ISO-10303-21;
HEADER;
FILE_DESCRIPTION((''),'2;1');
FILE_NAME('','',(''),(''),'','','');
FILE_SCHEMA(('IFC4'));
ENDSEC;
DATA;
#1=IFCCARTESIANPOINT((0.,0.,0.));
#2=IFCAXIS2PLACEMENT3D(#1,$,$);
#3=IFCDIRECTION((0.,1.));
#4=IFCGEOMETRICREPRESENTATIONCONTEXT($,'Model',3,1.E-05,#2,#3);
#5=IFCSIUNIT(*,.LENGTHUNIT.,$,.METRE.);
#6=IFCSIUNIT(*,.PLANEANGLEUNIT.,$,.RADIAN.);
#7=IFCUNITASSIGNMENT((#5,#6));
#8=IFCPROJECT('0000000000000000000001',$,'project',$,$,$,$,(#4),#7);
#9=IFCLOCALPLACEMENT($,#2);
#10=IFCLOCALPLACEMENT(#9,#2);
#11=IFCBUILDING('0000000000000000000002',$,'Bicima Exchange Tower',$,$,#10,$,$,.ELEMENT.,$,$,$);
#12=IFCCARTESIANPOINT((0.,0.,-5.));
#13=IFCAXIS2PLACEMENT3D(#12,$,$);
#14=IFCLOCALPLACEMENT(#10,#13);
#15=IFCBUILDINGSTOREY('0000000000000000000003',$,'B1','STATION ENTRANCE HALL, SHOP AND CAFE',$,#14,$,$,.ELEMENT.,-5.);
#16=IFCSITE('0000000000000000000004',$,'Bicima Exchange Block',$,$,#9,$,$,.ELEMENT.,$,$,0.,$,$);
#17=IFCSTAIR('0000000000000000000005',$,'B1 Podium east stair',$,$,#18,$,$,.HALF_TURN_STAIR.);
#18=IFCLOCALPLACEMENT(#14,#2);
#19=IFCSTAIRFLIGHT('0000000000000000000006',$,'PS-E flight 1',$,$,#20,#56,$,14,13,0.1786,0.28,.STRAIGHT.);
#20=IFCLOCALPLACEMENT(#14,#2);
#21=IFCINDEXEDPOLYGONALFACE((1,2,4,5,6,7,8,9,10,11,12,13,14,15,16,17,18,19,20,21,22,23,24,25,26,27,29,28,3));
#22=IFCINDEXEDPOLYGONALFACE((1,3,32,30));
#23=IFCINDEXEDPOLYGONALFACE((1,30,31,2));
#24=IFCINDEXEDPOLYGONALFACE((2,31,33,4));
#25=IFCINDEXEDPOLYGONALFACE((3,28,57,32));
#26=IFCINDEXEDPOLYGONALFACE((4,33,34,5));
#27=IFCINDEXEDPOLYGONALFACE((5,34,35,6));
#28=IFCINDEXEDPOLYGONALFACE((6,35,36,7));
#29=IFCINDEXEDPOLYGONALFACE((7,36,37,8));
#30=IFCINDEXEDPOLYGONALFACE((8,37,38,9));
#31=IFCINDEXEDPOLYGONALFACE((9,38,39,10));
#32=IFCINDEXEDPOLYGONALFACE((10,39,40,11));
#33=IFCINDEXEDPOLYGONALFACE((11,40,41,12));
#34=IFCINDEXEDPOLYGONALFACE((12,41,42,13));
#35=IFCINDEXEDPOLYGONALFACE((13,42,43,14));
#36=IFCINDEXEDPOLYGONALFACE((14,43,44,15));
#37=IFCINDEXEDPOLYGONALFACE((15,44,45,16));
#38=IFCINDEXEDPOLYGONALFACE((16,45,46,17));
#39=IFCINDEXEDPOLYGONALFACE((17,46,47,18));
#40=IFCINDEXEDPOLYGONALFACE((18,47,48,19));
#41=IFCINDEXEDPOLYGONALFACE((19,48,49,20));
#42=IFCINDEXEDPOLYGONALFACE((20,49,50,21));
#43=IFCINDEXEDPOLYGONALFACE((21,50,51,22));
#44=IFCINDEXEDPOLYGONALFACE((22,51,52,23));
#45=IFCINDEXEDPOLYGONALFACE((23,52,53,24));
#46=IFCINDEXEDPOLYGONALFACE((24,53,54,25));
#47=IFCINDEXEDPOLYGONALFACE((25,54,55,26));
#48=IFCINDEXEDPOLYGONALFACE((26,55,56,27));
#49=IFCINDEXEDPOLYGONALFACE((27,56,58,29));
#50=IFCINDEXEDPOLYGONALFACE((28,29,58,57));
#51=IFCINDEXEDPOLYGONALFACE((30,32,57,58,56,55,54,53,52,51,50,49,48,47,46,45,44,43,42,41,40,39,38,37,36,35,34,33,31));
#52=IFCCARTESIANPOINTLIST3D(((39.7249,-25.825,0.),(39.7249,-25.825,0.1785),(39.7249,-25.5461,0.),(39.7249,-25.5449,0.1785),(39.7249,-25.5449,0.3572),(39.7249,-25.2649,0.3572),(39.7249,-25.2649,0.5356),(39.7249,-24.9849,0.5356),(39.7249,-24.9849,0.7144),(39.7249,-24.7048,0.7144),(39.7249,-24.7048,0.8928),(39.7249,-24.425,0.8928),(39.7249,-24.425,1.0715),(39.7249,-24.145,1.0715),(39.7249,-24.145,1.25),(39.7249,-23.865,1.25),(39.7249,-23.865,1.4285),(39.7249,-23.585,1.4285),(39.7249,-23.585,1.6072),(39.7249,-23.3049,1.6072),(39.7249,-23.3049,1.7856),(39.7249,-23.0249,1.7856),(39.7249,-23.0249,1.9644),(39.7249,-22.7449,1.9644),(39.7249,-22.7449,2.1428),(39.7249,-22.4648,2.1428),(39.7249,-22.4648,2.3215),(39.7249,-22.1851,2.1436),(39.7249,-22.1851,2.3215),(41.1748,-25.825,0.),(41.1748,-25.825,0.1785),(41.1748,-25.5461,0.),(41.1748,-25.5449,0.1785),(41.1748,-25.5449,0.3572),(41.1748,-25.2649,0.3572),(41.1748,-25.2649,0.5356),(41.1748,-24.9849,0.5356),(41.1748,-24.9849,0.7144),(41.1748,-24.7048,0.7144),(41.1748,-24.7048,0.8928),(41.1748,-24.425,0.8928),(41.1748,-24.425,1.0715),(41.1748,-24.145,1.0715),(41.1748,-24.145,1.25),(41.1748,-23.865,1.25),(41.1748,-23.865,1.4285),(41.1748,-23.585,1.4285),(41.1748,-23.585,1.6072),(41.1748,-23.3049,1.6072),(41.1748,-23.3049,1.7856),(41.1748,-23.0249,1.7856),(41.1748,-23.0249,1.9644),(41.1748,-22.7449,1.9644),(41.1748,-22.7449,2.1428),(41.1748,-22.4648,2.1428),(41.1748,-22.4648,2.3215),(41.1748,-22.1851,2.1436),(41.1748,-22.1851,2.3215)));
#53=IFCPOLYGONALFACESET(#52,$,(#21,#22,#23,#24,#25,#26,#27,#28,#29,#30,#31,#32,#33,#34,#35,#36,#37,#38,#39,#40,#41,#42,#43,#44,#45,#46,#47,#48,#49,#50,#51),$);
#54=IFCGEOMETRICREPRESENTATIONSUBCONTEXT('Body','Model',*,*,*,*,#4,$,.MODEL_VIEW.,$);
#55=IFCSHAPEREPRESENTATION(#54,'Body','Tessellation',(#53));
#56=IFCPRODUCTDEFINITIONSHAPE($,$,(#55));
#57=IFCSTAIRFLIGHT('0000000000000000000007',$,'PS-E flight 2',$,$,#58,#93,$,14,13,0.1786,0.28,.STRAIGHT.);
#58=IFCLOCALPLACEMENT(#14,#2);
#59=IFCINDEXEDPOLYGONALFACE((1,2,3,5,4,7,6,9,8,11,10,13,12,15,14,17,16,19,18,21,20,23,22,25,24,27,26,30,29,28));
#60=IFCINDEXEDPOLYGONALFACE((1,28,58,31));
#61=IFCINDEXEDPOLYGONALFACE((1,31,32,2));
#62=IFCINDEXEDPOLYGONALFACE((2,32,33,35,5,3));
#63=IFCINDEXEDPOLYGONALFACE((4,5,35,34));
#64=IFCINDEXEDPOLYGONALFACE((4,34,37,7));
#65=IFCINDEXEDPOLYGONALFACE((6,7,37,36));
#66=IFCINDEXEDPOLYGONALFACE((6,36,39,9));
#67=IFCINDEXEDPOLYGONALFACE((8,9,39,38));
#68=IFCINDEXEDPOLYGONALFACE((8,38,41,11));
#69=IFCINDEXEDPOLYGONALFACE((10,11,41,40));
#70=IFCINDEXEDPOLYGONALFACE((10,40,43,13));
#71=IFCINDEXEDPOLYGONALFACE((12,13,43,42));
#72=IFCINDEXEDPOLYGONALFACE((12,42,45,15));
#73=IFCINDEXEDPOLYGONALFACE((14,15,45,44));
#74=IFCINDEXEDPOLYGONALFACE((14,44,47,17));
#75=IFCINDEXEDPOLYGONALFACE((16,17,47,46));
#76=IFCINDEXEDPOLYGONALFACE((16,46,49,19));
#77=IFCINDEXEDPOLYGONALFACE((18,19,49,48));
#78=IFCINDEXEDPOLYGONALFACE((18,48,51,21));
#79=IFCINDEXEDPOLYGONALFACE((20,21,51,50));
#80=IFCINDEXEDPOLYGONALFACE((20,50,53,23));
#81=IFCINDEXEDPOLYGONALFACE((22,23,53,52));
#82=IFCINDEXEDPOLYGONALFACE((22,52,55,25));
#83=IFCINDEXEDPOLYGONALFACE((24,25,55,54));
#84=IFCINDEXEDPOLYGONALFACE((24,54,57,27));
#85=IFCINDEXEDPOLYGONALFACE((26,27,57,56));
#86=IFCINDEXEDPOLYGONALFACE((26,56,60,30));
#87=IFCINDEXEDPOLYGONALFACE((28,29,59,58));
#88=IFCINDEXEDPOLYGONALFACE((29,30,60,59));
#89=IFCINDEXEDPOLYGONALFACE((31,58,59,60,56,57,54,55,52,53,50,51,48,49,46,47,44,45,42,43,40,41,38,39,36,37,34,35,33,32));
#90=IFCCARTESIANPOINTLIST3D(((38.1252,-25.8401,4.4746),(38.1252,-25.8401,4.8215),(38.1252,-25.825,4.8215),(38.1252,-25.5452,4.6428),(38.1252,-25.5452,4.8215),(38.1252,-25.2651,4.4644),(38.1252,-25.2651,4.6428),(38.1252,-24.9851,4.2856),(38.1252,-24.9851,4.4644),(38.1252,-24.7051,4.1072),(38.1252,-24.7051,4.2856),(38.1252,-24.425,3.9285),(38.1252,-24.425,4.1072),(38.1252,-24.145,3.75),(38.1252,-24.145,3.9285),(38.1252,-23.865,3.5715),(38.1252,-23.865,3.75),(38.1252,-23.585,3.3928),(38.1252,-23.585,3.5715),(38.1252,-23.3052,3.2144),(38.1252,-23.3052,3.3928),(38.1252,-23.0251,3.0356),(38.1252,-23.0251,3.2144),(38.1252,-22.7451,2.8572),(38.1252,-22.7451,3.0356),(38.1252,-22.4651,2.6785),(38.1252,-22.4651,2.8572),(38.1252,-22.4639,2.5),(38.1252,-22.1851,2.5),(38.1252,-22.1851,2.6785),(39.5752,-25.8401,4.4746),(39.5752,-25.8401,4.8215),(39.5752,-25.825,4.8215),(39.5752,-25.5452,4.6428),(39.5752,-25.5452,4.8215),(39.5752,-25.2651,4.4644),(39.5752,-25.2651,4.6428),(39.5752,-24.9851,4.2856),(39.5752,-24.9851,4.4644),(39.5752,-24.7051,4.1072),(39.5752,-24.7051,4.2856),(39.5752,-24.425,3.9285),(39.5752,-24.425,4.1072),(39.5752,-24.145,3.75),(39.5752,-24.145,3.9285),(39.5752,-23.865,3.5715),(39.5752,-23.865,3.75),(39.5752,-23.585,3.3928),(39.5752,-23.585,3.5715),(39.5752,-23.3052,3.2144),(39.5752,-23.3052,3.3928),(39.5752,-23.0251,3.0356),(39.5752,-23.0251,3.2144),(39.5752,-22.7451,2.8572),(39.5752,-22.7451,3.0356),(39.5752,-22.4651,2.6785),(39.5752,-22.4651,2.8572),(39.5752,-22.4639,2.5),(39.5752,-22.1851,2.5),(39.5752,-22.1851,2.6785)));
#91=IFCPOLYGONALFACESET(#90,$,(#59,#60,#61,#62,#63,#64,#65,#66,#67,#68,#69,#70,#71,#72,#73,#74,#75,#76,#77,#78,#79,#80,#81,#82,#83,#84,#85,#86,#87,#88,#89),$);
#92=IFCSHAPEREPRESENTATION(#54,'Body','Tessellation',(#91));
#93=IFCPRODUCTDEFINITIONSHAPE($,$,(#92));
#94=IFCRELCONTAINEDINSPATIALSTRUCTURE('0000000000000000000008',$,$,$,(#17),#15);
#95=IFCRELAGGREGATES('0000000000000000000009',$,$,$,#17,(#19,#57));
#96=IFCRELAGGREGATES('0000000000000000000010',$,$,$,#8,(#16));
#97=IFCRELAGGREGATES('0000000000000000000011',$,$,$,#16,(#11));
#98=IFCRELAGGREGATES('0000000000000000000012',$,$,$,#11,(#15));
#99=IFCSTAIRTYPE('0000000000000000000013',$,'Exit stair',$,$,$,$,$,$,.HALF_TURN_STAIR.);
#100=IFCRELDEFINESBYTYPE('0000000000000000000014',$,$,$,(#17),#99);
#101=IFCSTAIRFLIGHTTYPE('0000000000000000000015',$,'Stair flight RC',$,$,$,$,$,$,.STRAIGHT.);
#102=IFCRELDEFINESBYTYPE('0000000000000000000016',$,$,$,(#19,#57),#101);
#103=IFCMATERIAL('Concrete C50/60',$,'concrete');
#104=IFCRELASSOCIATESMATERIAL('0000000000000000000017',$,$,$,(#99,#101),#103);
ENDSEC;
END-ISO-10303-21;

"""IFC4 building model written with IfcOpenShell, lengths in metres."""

from ifc_helpers import new_model, si_unit, direction, frame, origin, place, context, subcontext, project, spatial, polyline, outline, extrude, material, type_object, element, aggregate, save


model = new_model("IFC4")

# Units and contexts
model_context = context("Model", 3, precision=1e-05, world=origin(), true_north=direction((0.0, 1.0)))
body_context = subcontext(model_context, "Body", "Model", "MODEL_VIEW")
ifc_project = project(units=[si_unit("LENGTHUNIT", "METRE"), si_unit("PLANEANGLEUNIT", "RADIAN")], contexts=[model_context])

# Site, building, storey
site_placement = place(None, origin())
site = spatial("IfcSite", under=ifc_project, at=site_placement, Name="Bicima Exchange Block", CompositionType="ELEMENT", RefElevation=0.0)
building_placement = place(site_placement, origin())
building = spatial("IfcBuilding", under=site, at=building_placement, Name="Bicima Exchange Tower", CompositionType="ELEMENT")
storey_placement = place(building_placement, frame((0.0, 0.0, -5.0)))
storey = spatial("IfcBuildingStorey", under=building, at=storey_placement, Name="B1", Description="STATION ENTRANCE HALL, SHOP AND CAFE", CompositionType="ELEMENT", Elevation=-5.0)

# Shared definitions
ifc_material_1 = material(Name="Concrete C50/60", Category="concrete")

# Stair, stair flights
stair_type = type_object("IfcStairType", Name="Exit stair", PredefinedType="HALF_TURN_STAIR", material=ifc_material_1)
stair_placement = place(storey_placement, origin())
stair = element("IfcStair", 1, at=stair_placement, inside=storey, type_object=stair_type, Name="B1 Podium east stair", PredefinedType="HALF_TURN_STAIR")
stair_flight_type = type_object("IfcStairFlightType", Name="Stair flight RC", PredefinedType="STRAIGHT", material=ifc_material_1)
stair_flight_1_placement = place(storey_placement, frame((40.45, -25.825, 0.0), z_axis=(0.0, 0.0, 1.0), x_axis=(0.0, 1.0, 0.0)))
stair_flight_1 = element("IfcStairFlight", 2, at=stair_flight_1_placement, type_object=stair_flight_type, Name="PS-E flight 1", NumberOfRisers=14, NumberOfTreads=13, PredefinedType="STRAIGHT", RiserHeight=0.1786, TreadLength=0.28, context=body_context, shape_type="SweptSolid", body=[
    extrude(outline(polyline([(0.0, 0.0), (0.0, 0.1785), (0.28, 0.1785), (0.28, 0.3572), (0.5601, 0.3572), (0.5601, 0.5356), (0.8401, 0.5356), (0.8401, 0.7144), (1.1201, 0.7144), (1.1201, 0.8928), (1.3999, 0.8928), (1.3999, 1.0715), (1.6799, 1.0715), (1.6799, 1.25), (1.96, 1.25), (1.96, 1.4285), (2.24, 1.4285), (2.24, 1.6072), (2.52, 1.6072), (2.52, 1.7856), (2.8, 1.7856), (2.8, 1.9644), (3.0801, 1.9644), (3.0801, 2.1428), (3.3601, 2.1428), (3.3601, 2.3215), (3.6399, 2.3215), (3.6399, 2.5), (3.6399, 2.1436), (0.2788, 0.0), (0.0, 0.0)])), frame((0.0, 0.7251, 0.0), z_axis=(0.0, -1.0, 0.0), x_axis=(1.0, 0.0, 0.0)), (0.0, 0.0, 1.0), 1.45),
])
stair_flight_2_placement = place(storey_placement, frame((38.8501, -22.1851, 2.5), z_axis=(0.0, 0.0, 1.0), x_axis=(0.0, -1.0, 0.0)))
stair_flight_2 = element("IfcStairFlight", 3, at=stair_flight_2_placement, type_object=stair_flight_type, Name="PS-E flight 2", NumberOfRisers=14, NumberOfTreads=13, PredefinedType="STRAIGHT", RiserHeight=0.1786, TreadLength=0.28, context=body_context, shape_type="SweptSolid", body=[
    extrude(outline(polyline([(0.0, 0.0), (0.0, 0.1785), (0.28, 0.1785), (0.28, 0.3572), (0.5601, 0.3572), (0.5601, 0.5356), (0.8401, 0.5356), (0.8401, 0.7144), (1.1201, 0.7144), (1.1201, 0.8928), (1.3999, 0.8928), (1.3999, 1.0715), (1.6799, 1.0715), (1.6799, 1.25), (1.96, 1.25), (1.96, 1.4285), (2.24, 1.4285), (2.24, 1.6072), (2.52, 1.6072), (2.52, 1.7856), (2.8, 1.7856), (2.8, 1.9644), (3.0801, 1.9644), (3.0801, 2.1428), (3.3601, 2.1428), (3.3601, 2.3215), (3.6399, 2.3215), (3.655, 2.3215), (3.655, 1.9746), (0.2788, 0.0), (0.0, 0.0)])), frame((0.0, 0.7251, 0.0), z_axis=(0.0, -1.0, 0.0), x_axis=(1.0, 0.0, 0.0)), (0.0, 0.0, 1.0), 1.45),
])
aggregate(stair, [stair_flight_1, stair_flight_2])

save(model, "model.ifc")
